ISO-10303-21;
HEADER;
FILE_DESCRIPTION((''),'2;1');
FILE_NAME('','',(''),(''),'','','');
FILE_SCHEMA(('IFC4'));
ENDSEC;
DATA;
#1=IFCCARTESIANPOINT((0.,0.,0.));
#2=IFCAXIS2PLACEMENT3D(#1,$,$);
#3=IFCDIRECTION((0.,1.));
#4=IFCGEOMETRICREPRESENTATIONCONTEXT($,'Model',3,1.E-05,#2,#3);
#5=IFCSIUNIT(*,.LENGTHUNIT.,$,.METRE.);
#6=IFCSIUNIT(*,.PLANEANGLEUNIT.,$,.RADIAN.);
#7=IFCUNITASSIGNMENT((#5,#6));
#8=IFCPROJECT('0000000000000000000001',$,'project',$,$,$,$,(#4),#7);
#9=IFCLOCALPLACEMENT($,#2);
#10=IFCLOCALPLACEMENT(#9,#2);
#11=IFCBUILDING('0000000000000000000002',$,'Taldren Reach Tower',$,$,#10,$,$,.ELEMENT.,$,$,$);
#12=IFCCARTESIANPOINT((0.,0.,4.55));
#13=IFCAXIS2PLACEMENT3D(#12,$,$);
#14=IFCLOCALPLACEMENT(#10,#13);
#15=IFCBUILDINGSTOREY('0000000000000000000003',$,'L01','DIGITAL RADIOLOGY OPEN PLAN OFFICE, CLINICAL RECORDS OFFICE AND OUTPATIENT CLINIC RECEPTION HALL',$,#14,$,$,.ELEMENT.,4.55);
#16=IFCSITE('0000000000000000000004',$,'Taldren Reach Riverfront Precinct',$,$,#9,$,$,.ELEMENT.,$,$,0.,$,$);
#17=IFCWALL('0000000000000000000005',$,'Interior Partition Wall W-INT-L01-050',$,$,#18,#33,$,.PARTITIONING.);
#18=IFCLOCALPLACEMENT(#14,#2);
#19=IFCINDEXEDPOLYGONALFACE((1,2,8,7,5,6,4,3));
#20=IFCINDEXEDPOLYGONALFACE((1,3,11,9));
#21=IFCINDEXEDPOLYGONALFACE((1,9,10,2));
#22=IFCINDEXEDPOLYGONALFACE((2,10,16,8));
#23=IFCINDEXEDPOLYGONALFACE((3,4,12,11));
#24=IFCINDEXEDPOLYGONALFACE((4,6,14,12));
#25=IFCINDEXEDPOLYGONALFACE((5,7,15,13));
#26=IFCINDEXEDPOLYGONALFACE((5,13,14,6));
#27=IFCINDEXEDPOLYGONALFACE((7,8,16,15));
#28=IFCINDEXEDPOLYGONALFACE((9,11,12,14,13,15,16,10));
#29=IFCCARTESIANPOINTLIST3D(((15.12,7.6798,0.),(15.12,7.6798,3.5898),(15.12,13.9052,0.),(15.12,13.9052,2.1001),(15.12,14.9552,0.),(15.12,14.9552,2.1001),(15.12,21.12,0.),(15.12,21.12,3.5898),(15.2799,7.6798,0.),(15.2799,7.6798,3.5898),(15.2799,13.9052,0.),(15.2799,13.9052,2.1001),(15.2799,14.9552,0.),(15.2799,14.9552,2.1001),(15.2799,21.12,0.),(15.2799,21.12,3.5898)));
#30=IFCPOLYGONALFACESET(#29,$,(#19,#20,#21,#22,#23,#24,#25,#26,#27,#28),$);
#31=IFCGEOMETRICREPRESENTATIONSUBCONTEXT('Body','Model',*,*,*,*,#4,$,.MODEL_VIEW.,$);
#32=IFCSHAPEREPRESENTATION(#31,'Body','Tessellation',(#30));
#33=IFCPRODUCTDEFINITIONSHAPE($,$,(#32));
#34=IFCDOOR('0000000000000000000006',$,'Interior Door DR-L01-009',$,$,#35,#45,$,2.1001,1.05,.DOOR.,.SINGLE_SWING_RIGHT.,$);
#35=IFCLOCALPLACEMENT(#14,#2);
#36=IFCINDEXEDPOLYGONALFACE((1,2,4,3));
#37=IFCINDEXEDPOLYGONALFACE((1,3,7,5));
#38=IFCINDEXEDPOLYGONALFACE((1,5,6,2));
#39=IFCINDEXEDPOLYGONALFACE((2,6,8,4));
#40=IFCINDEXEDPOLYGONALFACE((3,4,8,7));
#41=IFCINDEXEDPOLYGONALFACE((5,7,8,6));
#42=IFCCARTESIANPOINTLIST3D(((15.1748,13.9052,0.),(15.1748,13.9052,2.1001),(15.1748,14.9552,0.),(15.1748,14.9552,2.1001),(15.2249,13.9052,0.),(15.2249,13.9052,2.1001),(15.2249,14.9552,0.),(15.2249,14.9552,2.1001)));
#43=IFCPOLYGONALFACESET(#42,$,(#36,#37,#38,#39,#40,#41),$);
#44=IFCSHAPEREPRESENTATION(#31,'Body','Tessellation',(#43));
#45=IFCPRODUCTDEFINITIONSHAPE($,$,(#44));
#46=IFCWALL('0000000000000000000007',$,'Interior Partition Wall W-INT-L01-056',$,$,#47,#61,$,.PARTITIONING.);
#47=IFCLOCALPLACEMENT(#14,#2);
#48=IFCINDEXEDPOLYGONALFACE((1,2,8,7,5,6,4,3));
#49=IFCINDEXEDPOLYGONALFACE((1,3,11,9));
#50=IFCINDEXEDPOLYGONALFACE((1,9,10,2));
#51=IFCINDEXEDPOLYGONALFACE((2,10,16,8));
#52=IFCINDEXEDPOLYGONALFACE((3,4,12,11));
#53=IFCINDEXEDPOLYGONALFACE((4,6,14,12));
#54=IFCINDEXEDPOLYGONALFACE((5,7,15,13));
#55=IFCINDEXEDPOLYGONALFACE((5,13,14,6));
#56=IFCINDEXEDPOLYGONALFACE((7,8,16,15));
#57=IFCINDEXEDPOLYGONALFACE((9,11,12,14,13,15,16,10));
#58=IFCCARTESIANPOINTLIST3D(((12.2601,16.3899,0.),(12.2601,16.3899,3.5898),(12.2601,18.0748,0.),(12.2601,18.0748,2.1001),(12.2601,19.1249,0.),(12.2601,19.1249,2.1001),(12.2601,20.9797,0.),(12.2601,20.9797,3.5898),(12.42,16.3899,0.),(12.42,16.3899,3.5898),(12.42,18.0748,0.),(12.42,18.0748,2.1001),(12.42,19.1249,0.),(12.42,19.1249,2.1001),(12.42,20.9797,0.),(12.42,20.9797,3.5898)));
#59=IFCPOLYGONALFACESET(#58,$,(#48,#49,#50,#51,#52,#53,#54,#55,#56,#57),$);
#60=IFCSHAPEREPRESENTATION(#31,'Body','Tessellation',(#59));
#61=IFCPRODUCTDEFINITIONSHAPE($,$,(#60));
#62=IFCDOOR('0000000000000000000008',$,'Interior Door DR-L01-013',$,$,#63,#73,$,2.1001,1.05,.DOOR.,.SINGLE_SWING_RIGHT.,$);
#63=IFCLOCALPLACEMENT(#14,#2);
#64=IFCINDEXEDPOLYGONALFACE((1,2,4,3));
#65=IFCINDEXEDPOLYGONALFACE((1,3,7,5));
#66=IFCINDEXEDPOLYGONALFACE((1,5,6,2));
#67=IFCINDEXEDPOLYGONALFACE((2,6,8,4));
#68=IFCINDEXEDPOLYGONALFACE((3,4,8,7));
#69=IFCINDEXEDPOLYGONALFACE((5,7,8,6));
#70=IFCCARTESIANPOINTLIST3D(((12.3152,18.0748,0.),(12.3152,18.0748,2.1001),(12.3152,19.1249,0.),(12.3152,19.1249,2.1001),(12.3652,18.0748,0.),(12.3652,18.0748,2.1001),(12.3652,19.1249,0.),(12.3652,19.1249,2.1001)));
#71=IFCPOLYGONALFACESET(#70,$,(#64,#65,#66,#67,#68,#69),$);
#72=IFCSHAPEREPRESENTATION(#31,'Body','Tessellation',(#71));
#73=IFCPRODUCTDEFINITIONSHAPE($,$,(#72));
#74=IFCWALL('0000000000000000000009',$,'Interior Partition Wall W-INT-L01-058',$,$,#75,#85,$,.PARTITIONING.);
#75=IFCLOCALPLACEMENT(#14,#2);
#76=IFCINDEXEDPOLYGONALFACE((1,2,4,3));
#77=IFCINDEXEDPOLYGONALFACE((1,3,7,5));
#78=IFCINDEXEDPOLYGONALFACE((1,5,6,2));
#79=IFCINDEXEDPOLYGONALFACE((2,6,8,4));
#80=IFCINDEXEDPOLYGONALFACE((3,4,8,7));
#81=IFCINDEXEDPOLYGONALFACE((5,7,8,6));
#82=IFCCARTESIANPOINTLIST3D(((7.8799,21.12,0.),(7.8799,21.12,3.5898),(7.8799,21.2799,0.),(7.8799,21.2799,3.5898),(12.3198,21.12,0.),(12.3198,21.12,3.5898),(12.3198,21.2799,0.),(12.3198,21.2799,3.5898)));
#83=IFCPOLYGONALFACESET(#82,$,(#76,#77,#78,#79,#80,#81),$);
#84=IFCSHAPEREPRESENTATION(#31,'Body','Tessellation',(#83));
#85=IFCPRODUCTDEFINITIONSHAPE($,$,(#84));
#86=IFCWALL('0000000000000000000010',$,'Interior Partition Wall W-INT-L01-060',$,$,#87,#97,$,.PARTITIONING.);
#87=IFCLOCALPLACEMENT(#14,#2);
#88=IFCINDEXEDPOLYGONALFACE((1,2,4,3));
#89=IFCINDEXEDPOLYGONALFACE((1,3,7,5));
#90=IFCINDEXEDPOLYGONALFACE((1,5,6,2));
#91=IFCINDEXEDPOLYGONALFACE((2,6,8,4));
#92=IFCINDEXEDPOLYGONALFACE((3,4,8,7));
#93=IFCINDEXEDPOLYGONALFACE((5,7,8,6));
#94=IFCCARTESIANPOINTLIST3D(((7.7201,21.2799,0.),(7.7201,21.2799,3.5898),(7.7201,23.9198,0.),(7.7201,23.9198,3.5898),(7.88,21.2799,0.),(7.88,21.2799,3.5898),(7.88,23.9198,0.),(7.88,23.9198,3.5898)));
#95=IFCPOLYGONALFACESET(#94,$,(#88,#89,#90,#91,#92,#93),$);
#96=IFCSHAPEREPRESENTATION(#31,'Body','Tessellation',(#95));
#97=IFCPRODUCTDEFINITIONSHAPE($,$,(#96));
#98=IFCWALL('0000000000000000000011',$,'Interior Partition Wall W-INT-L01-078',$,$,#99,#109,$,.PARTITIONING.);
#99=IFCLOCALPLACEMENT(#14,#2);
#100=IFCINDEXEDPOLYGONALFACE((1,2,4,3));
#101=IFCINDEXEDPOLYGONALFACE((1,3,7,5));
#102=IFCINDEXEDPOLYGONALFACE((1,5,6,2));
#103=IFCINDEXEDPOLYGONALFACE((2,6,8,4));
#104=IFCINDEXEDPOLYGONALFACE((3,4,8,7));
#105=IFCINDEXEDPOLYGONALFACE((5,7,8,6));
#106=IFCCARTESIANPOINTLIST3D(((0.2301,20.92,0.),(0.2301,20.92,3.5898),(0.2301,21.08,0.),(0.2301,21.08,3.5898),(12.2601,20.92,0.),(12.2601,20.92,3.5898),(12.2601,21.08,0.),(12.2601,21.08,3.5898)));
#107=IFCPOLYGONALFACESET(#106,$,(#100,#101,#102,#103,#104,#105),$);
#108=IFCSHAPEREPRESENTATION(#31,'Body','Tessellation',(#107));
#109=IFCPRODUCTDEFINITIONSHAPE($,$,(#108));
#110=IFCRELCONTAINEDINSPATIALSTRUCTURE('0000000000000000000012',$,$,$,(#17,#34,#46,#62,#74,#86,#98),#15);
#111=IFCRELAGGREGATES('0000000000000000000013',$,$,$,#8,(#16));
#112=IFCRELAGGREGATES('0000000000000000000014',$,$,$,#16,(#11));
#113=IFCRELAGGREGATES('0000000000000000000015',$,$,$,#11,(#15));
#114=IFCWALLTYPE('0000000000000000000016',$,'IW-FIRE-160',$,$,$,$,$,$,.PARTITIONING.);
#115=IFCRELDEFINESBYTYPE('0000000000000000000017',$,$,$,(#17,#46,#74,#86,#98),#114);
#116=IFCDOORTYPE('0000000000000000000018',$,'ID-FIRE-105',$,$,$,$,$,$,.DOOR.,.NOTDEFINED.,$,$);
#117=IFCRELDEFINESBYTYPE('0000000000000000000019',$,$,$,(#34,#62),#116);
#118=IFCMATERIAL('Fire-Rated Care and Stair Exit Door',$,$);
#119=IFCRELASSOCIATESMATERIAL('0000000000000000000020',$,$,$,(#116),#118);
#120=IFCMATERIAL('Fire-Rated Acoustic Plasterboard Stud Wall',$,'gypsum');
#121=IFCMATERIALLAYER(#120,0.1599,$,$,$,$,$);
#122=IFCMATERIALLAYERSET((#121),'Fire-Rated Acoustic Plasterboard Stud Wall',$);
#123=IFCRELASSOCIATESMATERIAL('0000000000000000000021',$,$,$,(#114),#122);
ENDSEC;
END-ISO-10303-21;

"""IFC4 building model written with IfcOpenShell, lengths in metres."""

from ifc_helpers import new_model, si_unit, direction, frame, frame_2d, origin, place, context, subcontext, project, spatial, rectangle, extrude, source, transform, mapped, material, layer, layer_set, type_object, element, fill, save


model = new_model("IFC4")

# Units and contexts
model_context = context("Model", 3, precision=1e-05, world=origin(), true_north=direction((0.0, 1.0)))
body_context = subcontext(model_context, "Body", "Model", "MODEL_VIEW")
ifc_project = project(units=[si_unit("LENGTHUNIT", "METRE"), si_unit("PLANEANGLEUNIT", "RADIAN")], contexts=[model_context])

# Site, building, storey
site_placement = place(None, origin())
site = spatial("IfcSite", under=ifc_project, at=site_placement, Name="Taldren Reach Riverfront Precinct", CompositionType="ELEMENT", RefElevation=0.0)
building_placement = place(site_placement, origin())
building = spatial("IfcBuilding", under=site, at=building_placement, Name="Taldren Reach Tower", CompositionType="ELEMENT")
storey_placement = place(building_placement, frame((0.0, 0.0, 4.55)))
storey = spatial("IfcBuildingStorey", under=building, at=storey_placement, Name="L01", Description="DIGITAL RADIOLOGY OPEN PLAN OFFICE, CLINICAL RECORDS OFFICE AND OUTPATIENT CLINIC RECEPTION HALL", CompositionType="ELEMENT", Elevation=4.55)

# Shared definitions
ifc_material_1 = material(Name="Fire-Rated Care and Stair Exit Door")
door_type = type_object("IfcDoorType", Name="ID-FIRE-105", OperationType="NOTDEFINED", PredefinedType="DOOR", material=ifc_material_1)
shared_shape_1 = source(origin(), body_context, "Body", "SweptSolid", [
    extrude(rectangle(XDim=1.05, YDim=2.1001, at=frame_2d((0.5249, 1.05))), frame((0.0, 0.0249, 0.0), z_axis=(0.0, -1.0, 0.0), x_axis=(1.0, 0.0, 0.0)), (0.0, 0.0, 1.0), 0.05),
])

# Walls, openings, doors
ifc_material_2 = material(Name="Fire-Rated Acoustic Plasterboard Stud Wall", Category="gypsum")
ifc_layer_1 = layer(ifc_material_2, 0.1599)
ifc_layer_set_1 = layer_set([ifc_layer_1], Name="Fire-Rated Acoustic Plasterboard Stud Wall")
wall_type_1 = type_object("IfcWallType", Name="IW-FIRE-160", PredefinedType="PARTITIONING", material=ifc_layer_set_1)
shared_shape_2 = source(origin(), body_context, "Body", "SweptSolid", [
    extrude(rectangle(XDim=13.4402, YDim=0.1599, at=frame_2d((6.7202, 0.0))), origin(), (0.0, 0.0, 1.0), 3.5898),
])
wall_1_placement = place(storey_placement, frame((15.2, 21.1201, 0.0), z_axis=(0.0, 0.0, 1.0), x_axis=(0.0, -1.0, 0.0)))
wall_1 = element("IfcWall", 1, at=wall_1_placement, inside=storey, type_object=wall_type_1, Name="Interior Partition Wall W-INT-L01-050", PredefinedType="PARTITIONING", context=body_context, shape_type="MappedRepresentation", body=[
    mapped(shared_shape_2, transform((0.0, 0.0, 0.0), scale=1.0)),
])
shared_shape_3 = source(origin(), body_context, "Body", "SweptSolid", [
    extrude(rectangle(XDim=1.05, YDim=2.1001, at=frame_2d((0.5249, 1.05))), frame((0.0, 0.0898, 0.0), z_axis=(0.0, -1.0, 0.0), x_axis=(1.0, 0.0, 0.0)), (0.0, 0.0, 1.0), 0.1799),
])
opening_1_placement = place(wall_1_placement, frame((6.165, 0.0, 0.0)))
opening_1 = element("IfcOpeningElement", 2, at=opening_1_placement, cuts=wall_1, PredefinedType="OPENING", context=body_context, shape_type="MappedRepresentation", body=[
    mapped(shared_shape_3, transform((0.0, 0.0, 0.0), scale=1.0)),
])
door_1_placement = place(opening_1_placement, origin())
door_1 = element("IfcDoor", 3, at=door_1_placement, inside=storey, type_object=door_type, Name="Interior Door DR-L01-009", OperationType="SINGLE_SWING_RIGHT", OverallHeight=2.1001, OverallWidth=1.05, PredefinedType="DOOR", context=body_context, shape_type="MappedRepresentation", body=[
    mapped(shared_shape_1, transform((0.0, 0.0, 0.0), scale=1.0)),
])
fill(opening_1, door_1)
shared_shape_4 = source(origin(), body_context, "Body", "SweptSolid", [
    extrude(rectangle(XDim=4.5898, YDim=0.1599, at=frame_2d((2.2949, 0.0))), origin(), (0.0, 0.0, 1.0), 3.5898),
])
wall_2_placement = place(storey_placement, frame((12.3401, 16.3899, 0.0), z_axis=(0.0, 0.0, 1.0), x_axis=(0.0, 1.0, 0.0)))
wall_2 = element("IfcWall", 4, at=wall_2_placement, inside=storey, type_object=wall_type_1, Name="Interior Partition Wall W-INT-L01-056", PredefinedType="PARTITIONING", context=body_context, shape_type="MappedRepresentation", body=[
    mapped(shared_shape_4, transform((0.0, 0.0, 0.0), scale=1.0)),
])
opening_2_placement = place(wall_2_placement, frame((1.6851, 0.0, 0.0)))
opening_2 = element("IfcOpeningElement", 5, at=opening_2_placement, cuts=wall_2, PredefinedType="OPENING", context=body_context, shape_type="MappedRepresentation", body=[
    mapped(shared_shape_3, transform((0.0, 0.0, 0.0), scale=1.0)),
])
door_2_placement = place(opening_2_placement, origin())
door_2 = element("IfcDoor", 6, at=door_2_placement, inside=storey, type_object=door_type, Name="Interior Door DR-L01-013", OperationType="SINGLE_SWING_RIGHT", OverallHeight=2.1001, OverallWidth=1.05, PredefinedType="DOOR", context=body_context, shape_type="MappedRepresentation", body=[
    mapped(shared_shape_1, transform((0.0, 0.0, 0.0), scale=1.0)),
])
fill(opening_2, door_2)

# Walls
shared_shape_5 = source(origin(), body_context, "Body", "SweptSolid", [
    extrude(rectangle(XDim=4.4399, YDim=0.1599, at=frame_2d((2.22, 0.0))), origin(), (0.0, 0.0, 1.0), 3.5898),
])
wall_3_placement = place(storey_placement, frame((12.3198, 21.2, 0.0), z_axis=(0.0, 0.0, 1.0), x_axis=(-1.0, 0.0, 0.0)))
element("IfcWall", 7, at=wall_3_placement, inside=storey, type_object=wall_type_1, Name="Interior Partition Wall W-INT-L01-058", PredefinedType="PARTITIONING", context=body_context, shape_type="MappedRepresentation", body=[
    mapped(shared_shape_5, transform((0.0, 0.0, 0.0), scale=1.0)),
])
shared_shape_6 = source(origin(), body_context, "Body", "SweptSolid", [
    extrude(rectangle(XDim=2.6399, YDim=0.1599, at=frame_2d((1.3198, 0.0))), origin(), (0.0, 0.0, 1.0), 3.5898),
])
wall_4_placement = place(storey_placement, frame((7.8, 21.28, 0.0), z_axis=(0.0, 0.0, 1.0), x_axis=(0.0, 1.0, 0.0)))
element("IfcWall", 8, at=wall_4_placement, inside=storey, type_object=wall_type_1, Name="Interior Partition Wall W-INT-L01-060", PredefinedType="PARTITIONING", context=body_context, shape_type="MappedRepresentation", body=[
    mapped(shared_shape_6, transform((0.0, 0.0, 0.0), scale=1.0)),
])
shared_shape_7 = source(origin(), body_context, "Body", "SweptSolid", [
    extrude(rectangle(XDim=12.03, YDim=0.1599, at=frame_2d((6.0151, 0.0))), origin(), (0.0, 0.0, 1.0), 3.5898),
])
wall_5_placement = place(storey_placement, frame((0.23, 21.0, 0.0), z_axis=(0.0, 0.0, 1.0), x_axis=(1.0, 0.0, 0.0)))
element("IfcWall", 9, at=wall_5_placement, inside=storey, type_object=wall_type_1, Name="Interior Partition Wall W-INT-L01-078", PredefinedType="PARTITIONING", context=body_context, shape_type="MappedRepresentation", body=[
    mapped(shared_shape_7, transform((0.0, 0.0, 0.0), scale=1.0)),
])

save(model, "model.ifc")
